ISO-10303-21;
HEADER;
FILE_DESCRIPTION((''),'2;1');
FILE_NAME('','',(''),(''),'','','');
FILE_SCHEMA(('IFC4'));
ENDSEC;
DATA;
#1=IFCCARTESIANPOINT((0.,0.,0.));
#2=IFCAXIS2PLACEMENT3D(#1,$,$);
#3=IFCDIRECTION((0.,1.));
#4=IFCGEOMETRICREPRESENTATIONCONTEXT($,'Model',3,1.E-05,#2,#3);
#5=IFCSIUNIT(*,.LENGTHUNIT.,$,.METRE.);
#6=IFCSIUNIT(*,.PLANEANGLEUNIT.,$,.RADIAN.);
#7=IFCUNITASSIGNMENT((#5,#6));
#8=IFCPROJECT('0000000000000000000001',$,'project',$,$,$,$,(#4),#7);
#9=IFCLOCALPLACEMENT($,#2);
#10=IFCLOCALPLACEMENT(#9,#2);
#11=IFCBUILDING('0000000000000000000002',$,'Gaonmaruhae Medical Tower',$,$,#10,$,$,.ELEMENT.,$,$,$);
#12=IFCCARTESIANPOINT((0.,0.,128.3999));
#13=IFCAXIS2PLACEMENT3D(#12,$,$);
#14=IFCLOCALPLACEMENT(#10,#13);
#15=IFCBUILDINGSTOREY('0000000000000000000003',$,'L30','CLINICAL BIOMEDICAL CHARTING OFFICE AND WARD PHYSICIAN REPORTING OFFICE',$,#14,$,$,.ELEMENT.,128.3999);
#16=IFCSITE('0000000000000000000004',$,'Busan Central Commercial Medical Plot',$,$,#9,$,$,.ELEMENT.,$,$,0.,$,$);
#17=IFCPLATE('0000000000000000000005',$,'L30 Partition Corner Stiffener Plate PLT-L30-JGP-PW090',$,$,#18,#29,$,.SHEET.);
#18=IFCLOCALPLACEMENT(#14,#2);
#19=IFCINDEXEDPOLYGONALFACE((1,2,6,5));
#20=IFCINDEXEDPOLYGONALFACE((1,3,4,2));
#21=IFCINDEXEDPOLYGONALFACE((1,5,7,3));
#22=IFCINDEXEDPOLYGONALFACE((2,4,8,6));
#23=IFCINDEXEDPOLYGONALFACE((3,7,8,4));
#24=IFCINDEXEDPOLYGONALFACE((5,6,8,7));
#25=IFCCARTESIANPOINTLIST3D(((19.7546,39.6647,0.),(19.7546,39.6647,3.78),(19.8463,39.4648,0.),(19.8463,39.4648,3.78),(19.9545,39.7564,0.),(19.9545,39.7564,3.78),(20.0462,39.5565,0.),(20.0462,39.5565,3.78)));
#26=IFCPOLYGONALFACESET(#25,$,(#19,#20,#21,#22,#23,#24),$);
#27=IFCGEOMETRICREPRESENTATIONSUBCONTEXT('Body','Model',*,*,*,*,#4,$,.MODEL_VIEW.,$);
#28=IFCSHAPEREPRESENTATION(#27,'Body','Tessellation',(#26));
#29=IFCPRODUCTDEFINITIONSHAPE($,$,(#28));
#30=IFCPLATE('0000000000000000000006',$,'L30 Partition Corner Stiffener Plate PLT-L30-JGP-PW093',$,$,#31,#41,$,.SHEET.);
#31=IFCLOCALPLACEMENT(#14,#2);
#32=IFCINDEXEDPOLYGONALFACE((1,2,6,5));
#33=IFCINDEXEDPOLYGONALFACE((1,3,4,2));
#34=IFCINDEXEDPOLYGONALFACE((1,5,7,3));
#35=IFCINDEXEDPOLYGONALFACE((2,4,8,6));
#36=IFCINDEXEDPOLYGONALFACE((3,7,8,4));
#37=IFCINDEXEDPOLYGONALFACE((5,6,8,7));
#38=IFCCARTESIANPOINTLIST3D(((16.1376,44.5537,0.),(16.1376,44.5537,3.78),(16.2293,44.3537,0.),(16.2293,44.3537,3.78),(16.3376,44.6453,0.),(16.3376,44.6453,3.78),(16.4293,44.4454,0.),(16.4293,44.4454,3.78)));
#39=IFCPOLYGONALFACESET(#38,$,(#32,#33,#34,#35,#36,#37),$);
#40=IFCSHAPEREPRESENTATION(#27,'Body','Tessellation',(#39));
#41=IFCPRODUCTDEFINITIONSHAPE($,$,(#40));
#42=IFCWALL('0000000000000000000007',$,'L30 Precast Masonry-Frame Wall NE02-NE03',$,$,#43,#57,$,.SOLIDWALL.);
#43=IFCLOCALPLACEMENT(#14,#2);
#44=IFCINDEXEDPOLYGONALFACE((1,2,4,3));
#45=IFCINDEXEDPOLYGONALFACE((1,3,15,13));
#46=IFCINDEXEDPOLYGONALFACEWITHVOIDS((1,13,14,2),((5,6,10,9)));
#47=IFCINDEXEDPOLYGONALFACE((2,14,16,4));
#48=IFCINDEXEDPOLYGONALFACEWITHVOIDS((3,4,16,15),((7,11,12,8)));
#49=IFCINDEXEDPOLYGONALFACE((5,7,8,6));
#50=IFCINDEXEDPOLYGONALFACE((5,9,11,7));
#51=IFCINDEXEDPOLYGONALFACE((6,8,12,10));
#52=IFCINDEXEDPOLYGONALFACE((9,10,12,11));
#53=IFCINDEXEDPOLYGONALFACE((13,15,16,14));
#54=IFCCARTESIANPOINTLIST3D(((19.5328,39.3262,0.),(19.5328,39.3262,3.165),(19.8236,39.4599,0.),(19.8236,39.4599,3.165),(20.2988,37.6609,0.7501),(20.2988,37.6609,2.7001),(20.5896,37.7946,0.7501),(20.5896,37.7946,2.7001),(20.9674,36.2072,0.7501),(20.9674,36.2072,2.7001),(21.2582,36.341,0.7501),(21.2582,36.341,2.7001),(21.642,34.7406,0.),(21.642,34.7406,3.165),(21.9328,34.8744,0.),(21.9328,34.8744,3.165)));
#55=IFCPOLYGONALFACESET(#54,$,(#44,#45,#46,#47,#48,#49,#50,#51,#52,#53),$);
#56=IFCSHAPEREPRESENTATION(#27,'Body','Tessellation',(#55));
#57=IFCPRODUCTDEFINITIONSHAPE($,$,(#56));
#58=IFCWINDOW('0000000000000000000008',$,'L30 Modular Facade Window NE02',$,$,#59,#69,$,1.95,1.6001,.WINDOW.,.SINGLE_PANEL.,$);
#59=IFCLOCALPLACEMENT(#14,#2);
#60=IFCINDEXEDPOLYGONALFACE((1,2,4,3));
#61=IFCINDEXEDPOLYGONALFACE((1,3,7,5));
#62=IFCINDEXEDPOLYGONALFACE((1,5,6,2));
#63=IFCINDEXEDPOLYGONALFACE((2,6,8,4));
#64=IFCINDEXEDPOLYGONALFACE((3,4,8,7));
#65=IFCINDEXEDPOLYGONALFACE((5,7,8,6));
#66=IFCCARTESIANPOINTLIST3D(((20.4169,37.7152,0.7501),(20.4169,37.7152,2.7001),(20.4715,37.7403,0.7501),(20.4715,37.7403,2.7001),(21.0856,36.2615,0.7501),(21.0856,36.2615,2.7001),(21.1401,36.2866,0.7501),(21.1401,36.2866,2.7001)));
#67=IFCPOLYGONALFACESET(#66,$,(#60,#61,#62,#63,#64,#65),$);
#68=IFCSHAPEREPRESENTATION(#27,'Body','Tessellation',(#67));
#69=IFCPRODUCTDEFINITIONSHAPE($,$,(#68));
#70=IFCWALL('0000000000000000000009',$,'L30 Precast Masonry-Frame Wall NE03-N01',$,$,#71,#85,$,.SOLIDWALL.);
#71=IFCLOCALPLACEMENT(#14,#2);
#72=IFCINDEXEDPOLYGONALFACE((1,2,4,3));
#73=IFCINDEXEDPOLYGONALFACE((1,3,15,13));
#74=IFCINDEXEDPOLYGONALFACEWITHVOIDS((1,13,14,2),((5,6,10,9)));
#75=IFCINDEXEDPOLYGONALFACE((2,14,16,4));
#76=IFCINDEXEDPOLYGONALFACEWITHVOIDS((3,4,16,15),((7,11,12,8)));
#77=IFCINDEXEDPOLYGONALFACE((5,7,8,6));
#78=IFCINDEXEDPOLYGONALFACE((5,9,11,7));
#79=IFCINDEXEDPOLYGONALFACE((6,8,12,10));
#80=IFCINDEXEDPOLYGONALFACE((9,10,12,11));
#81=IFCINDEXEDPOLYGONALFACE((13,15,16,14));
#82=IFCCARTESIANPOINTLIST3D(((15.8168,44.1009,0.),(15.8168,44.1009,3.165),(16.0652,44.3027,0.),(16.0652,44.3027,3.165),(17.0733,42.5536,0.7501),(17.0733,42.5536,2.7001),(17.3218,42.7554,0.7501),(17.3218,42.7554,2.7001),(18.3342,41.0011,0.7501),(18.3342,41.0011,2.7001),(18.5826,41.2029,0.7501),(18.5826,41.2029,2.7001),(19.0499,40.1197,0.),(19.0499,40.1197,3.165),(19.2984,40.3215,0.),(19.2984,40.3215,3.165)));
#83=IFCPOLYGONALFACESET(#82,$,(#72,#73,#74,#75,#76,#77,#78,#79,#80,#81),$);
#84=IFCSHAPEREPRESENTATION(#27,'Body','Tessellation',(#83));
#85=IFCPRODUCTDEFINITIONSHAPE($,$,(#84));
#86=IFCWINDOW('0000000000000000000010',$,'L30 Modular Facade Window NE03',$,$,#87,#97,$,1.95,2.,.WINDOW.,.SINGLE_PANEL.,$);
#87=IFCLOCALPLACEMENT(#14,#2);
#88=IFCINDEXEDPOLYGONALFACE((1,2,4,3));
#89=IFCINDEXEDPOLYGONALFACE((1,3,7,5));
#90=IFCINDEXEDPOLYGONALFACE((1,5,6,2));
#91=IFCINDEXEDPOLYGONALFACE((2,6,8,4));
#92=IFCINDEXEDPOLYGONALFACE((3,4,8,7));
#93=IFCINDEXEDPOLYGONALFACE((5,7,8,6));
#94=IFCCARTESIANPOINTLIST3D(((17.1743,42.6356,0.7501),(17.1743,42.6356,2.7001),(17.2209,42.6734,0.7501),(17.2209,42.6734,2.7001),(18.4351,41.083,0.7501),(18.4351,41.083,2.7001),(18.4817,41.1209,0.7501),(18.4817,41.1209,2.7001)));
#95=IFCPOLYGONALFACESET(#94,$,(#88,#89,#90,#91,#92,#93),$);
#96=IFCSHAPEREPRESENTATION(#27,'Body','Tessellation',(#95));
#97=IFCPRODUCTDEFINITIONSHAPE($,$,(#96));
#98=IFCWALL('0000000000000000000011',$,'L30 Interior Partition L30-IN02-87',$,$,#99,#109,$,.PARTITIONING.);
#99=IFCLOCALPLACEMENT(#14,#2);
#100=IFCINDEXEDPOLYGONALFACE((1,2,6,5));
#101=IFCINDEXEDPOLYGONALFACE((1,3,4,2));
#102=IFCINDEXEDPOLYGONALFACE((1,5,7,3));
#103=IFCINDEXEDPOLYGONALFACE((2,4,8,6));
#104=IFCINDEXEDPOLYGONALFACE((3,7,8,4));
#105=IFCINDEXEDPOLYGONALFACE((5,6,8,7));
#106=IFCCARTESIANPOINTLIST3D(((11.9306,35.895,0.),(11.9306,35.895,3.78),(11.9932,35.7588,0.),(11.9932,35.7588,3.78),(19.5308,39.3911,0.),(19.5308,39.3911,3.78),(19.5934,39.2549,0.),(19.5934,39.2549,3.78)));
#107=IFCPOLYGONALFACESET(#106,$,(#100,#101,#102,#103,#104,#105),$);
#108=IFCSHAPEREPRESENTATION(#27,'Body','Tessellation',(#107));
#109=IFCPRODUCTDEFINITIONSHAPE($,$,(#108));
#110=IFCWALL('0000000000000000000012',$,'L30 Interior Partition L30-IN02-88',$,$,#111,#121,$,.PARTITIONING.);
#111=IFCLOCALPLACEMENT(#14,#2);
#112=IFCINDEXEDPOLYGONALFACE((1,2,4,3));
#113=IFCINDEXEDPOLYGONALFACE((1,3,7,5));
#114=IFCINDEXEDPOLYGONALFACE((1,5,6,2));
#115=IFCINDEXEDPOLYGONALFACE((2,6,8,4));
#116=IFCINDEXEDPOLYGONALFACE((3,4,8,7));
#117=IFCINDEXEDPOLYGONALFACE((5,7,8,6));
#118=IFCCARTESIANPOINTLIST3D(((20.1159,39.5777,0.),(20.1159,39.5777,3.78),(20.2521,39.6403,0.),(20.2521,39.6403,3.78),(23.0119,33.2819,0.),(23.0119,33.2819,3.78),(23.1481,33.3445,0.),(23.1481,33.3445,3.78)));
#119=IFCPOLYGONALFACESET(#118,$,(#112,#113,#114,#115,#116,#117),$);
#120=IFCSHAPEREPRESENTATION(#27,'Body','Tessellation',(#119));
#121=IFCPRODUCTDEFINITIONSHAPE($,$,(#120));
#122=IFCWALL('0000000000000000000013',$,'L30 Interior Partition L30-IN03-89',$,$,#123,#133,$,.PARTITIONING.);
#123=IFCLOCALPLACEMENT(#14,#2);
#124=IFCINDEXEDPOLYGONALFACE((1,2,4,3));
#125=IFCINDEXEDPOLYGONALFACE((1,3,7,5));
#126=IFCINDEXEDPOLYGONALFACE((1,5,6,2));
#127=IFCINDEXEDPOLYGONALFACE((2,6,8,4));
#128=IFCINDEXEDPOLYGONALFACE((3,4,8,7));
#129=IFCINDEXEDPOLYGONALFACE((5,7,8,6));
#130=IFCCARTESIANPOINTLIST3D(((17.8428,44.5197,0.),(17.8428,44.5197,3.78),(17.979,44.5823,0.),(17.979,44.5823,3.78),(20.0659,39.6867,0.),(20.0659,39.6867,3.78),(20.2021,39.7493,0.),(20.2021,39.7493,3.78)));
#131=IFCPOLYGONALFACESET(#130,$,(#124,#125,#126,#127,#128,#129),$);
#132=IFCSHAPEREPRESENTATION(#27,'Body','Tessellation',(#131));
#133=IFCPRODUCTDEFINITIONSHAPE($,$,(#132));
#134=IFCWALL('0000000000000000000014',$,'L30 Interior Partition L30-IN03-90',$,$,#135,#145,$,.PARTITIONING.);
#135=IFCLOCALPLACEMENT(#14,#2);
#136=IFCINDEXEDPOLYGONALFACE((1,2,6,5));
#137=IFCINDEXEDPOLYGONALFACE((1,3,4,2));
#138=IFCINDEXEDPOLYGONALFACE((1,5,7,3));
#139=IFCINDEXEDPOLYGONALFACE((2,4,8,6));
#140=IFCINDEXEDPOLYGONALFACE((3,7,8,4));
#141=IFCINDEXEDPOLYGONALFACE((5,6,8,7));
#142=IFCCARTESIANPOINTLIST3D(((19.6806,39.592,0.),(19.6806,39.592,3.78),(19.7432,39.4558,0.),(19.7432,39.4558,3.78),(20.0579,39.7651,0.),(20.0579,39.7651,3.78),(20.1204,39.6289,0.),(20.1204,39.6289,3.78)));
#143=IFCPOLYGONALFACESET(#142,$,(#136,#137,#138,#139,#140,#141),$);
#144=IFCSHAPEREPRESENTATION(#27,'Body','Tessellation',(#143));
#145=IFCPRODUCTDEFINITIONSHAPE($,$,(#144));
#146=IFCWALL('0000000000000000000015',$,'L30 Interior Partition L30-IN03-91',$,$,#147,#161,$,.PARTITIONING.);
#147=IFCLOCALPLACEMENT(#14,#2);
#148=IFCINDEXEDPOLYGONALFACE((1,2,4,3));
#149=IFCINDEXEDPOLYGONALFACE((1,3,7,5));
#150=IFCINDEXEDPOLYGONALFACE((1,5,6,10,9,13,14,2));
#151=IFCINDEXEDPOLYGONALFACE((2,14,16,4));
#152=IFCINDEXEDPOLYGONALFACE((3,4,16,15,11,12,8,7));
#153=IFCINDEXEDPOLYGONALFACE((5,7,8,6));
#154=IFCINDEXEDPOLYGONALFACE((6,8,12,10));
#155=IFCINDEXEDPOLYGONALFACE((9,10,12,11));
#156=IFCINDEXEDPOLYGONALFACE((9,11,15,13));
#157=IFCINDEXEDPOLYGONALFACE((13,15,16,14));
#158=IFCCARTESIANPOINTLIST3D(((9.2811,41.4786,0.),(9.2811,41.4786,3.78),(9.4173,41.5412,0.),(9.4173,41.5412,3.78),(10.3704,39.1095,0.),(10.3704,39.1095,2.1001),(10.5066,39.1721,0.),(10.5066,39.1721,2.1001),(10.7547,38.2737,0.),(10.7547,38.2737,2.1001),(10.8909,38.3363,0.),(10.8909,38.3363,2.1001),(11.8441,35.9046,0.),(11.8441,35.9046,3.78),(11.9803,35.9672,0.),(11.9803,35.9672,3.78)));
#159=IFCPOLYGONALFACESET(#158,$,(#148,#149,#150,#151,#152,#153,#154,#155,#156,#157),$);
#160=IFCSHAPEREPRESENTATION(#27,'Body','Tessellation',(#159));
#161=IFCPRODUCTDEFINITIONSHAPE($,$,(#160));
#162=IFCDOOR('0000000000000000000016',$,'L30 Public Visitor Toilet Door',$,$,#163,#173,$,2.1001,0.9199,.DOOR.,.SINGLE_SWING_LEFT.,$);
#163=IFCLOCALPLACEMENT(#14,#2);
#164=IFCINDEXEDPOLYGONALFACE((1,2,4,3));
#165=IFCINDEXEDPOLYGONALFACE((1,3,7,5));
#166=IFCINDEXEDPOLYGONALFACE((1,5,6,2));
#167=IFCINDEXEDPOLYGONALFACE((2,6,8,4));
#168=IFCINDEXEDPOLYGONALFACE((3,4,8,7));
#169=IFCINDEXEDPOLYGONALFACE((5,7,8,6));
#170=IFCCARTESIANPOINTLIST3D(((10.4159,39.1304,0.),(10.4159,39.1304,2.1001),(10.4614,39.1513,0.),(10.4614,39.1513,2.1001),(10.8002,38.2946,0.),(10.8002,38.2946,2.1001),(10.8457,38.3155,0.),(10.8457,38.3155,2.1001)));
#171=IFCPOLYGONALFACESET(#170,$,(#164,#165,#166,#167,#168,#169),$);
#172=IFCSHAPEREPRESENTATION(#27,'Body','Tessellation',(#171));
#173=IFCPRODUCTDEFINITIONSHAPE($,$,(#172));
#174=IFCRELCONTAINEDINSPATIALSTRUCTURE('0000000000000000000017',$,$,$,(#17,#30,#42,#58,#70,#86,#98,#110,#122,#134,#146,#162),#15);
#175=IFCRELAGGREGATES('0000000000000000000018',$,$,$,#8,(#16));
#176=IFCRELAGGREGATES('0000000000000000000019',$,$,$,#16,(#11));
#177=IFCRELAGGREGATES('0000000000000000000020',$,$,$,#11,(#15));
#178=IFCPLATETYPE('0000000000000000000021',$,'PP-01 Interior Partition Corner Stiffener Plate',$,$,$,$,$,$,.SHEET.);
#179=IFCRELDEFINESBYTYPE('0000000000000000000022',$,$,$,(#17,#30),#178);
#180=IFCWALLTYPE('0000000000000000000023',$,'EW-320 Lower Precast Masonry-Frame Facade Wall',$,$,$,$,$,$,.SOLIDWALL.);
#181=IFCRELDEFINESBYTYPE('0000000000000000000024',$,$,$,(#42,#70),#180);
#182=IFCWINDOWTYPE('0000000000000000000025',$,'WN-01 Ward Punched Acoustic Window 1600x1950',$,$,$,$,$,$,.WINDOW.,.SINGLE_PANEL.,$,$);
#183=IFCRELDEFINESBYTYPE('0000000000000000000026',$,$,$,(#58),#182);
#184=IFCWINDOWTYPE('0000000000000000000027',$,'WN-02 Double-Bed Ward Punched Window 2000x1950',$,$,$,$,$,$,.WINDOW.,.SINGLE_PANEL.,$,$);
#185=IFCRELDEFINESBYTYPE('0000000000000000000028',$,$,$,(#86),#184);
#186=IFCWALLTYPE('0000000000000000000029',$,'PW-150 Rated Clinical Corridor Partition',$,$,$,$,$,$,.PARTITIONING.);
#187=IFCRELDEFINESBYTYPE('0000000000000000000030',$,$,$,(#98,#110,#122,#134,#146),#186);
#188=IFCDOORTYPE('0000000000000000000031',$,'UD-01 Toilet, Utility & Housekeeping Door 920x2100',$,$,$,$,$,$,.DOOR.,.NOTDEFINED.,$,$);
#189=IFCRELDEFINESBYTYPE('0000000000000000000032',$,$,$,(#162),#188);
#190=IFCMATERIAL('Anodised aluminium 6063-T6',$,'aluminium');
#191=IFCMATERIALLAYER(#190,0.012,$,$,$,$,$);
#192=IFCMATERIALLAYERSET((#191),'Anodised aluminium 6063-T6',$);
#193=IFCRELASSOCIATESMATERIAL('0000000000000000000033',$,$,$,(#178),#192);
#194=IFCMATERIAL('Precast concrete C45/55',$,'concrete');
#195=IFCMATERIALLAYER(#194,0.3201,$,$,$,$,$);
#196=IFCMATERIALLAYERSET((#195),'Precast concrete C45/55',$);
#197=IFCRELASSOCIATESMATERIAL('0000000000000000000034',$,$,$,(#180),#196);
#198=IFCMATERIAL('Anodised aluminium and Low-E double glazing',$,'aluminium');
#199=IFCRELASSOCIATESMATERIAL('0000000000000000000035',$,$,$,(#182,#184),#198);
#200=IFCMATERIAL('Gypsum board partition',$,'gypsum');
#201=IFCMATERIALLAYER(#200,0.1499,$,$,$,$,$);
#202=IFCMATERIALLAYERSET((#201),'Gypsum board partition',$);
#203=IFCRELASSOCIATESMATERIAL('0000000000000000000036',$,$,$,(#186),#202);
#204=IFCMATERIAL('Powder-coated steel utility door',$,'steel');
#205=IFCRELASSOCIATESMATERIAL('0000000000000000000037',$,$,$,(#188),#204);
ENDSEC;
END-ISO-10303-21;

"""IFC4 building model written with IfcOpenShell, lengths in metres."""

from ifc_helpers import new_model, si_unit, direction, frame, frame_2d, origin, origin_2d, place, context, subcontext, project, spatial, rectangle, extrude, material, layer, layer_set, type_object, element, fill, save


model = new_model("IFC4")

# Units and contexts
model_context = context("Model", 3, precision=1e-05, world=origin(), true_north=direction((0.0, 1.0)))
body_context = subcontext(model_context, "Body", "Model", "MODEL_VIEW")
ifc_project = project(units=[si_unit("LENGTHUNIT", "METRE"), si_unit("PLANEANGLEUNIT", "RADIAN")], contexts=[model_context])

# Site, building, storey
site_placement = place(None, origin())
site = spatial("IfcSite", under=ifc_project, at=site_placement, Name="Busan Central Commercial Medical Plot", CompositionType="ELEMENT", RefElevation=0.0)
building_placement = place(site_placement, origin())
building = spatial("IfcBuilding", under=site, at=building_placement, Name="Gaonmaruhae Medical Tower", CompositionType="ELEMENT")
storey_placement = place(building_placement, frame((0.0, 0.0, 128.3999)))
storey = spatial("IfcBuildingStorey", under=building, at=storey_placement, Name="L30", Description="CLINICAL BIOMEDICAL CHARTING OFFICE AND WARD PHYSICIAN REPORTING OFFICE", CompositionType="ELEMENT", Elevation=128.3999)

# Plates
ifc_material_1 = material(Name="Anodised aluminium 6063-T6", Category="aluminium")
ifc_layer_1 = layer(ifc_material_1, 0.012)
ifc_layer_set_1 = layer_set([ifc_layer_1], Name="Anodised aluminium 6063-T6")
plate_type = type_object("IfcPlateType", Name="PP-01 Interior Partition Corner Stiffener Plate", PredefinedType="SHEET", material=ifc_layer_set_1)
for number, where, z_axis, x_axis, name in (
    (1, (19.9004, 39.6106, 0.0), (0.0, 0.0, 1.0), (-0.908872, -0.417074, 0.0), "L30 Partition Corner Stiffener Plate PLT-L30-JGP-PW090"),
    (2, (16.2834, 44.4995, 0.0), (0.0, 0.0, 1.0), (0.416773, -0.909011, 0.0), "L30 Partition Corner Stiffener Plate PLT-L30-JGP-PW093"),
):
    element("IfcPlate", number, at=place(storey_placement, frame(where, z_axis=z_axis, x_axis=x_axis)), inside=storey, type_object=plate_type, Name=name, PredefinedType="SHEET", context=body_context, shape_type="SweptSolid", body=[
        extrude(rectangle(XDim=0.22, YDim=0.22, at=origin_2d()), origin(), (0.0, 0.0, 1.0), 3.78),
    ])

# Walls, openings, windows
ifc_material_2 = material(Name="Precast concrete C45/55", Category="concrete")
ifc_layer_2 = layer(ifc_material_2, 0.3201)
ifc_layer_set_2 = layer_set([ifc_layer_2], Name="Precast concrete C45/55")
wall_type_1 = type_object("IfcWallType", Name="EW-320 Lower Precast Masonry-Frame Facade Wall", PredefinedType="SOLIDWALL", material=ifc_layer_set_2)
wall_1_placement = place(storey_placement, frame((19.6782, 39.3931, 0.0), z_axis=(0.0, 0.0, 1.0), x_axis=(0.417877, -0.908504, 0.0)))
wall_1 = element("IfcWall", 3, at=wall_1_placement, inside=storey, type_object=wall_type_1, Name="L30 Precast Masonry-Frame Wall NE02-NE03", PredefinedType="SOLIDWALL", context=body_context, shape_type="SweptSolid", body=[
    extrude(rectangle(XDim=5.0474, YDim=0.3201, at=frame_2d((2.5237, 0.0))), origin(), (0.0, 0.0, 1.0), 3.165),
])
opening_1_placement = place(wall_1_placement, frame((1.833, 0.0, 0.75)))
opening_1 = element("IfcOpeningElement", 4, at=opening_1_placement, cuts=wall_1, PredefinedType="OPENING", context=body_context, shape_type="SweptSolid", body=[
    extrude(rectangle(XDim=1.6001, YDim=1.95, at=frame_2d((0.8, 0.9751))), frame((0.0, 0.1699, 0.0), z_axis=(0.0, -1.0, 0.0), x_axis=(1.0, 0.0, 0.0)), (0.0, 0.0, 1.0), 0.3401),
])
ifc_material_3 = material(Name="Anodised aluminium and Low-E double glazing", Category="aluminium")
window_type_1 = type_object("IfcWindowType", Name="WN-01 Ward Punched Acoustic Window 1600x1950", PartitioningType="SINGLE_PANEL", PredefinedType="WINDOW", material=ifc_material_3)
window_1_placement = place(opening_1_placement, origin())
window_1 = element("IfcWindow", 5, at=window_1_placement, inside=storey, type_object=window_type_1, Name="L30 Modular Facade Window NE02", OverallHeight=1.95, OverallWidth=1.6001, PartitioningType="SINGLE_PANEL", PredefinedType="WINDOW", context=body_context, shape_type="SweptSolid", body=[
    extrude(rectangle(XDim=1.6001, YDim=1.95, at=frame_2d((0.8, 0.9751))), frame((0.0, 0.03, 0.0), z_axis=(0.0, -1.0, 0.0), x_axis=(1.0, 0.0, 0.0)), (0.0, 0.0, 1.0), 0.0601),
])
fill(opening_1, window_1)
wall_2_placement = place(storey_placement, frame((15.9409, 44.2019, 0.0), z_axis=(0.0, 0.0, 1.0), x_axis=(0.630408, -0.776264, 0.0)))
wall_2 = element("IfcWall", 6, at=wall_2_placement, inside=storey, type_object=wall_type_1, Name="L30 Precast Masonry-Frame Wall NE03-N01", PredefinedType="SOLIDWALL", context=body_context, shape_type="SweptSolid", body=[
    extrude(rectangle(XDim=5.1287, YDim=0.3201, at=frame_2d((2.5645, 0.0))), origin(), (0.0, 0.0, 1.0), 3.165),
])
opening_2_placement = place(wall_2_placement, frame((1.9934, 0.0, 0.75)))
opening_2 = element("IfcOpeningElement", 7, at=opening_2_placement, cuts=wall_2, PredefinedType="OPENING", context=body_context, shape_type="SweptSolid", body=[
    extrude(rectangle(XDim=2.0, YDim=1.95, at=frame_2d((1.0, 0.9751))), frame((0.0, 0.1699, 0.0), z_axis=(0.0, -1.0, 0.0), x_axis=(1.0, 0.0, 0.0)), (0.0, 0.0, 1.0), 0.3401),
])
window_type_2 = type_object("IfcWindowType", Name="WN-02 Double-Bed Ward Punched Window 2000x1950", PartitioningType="SINGLE_PANEL", PredefinedType="WINDOW", material=ifc_material_3)
window_2_placement = place(opening_2_placement, origin())
window_2 = element("IfcWindow", 8, at=window_2_placement, inside=storey, type_object=window_type_2, Name="L30 Modular Facade Window NE03", OverallHeight=1.95, OverallWidth=2.0, PartitioningType="SINGLE_PANEL", PredefinedType="WINDOW", context=body_context, shape_type="SweptSolid", body=[
    extrude(rectangle(XDim=2.0, YDim=1.95, at=frame_2d((1.0, 0.9751))), frame((0.0, 0.03, 0.0), z_axis=(0.0, -1.0, 0.0), x_axis=(1.0, 0.0, 0.0)), (0.0, 0.0, 1.0), 0.0601),
])
fill(opening_2, window_2)

# Walls
ifc_material_4 = material(Name="Gypsum board partition", Category="gypsum")
ifc_layer_3 = layer(ifc_material_4, 0.1499)
ifc_layer_set_3 = layer_set([ifc_layer_3], Name="Gypsum board partition")
wall_type_2 = type_object("IfcWallType", Name="PW-150 Rated Clinical Corridor Partition", PredefinedType="PARTITIONING", material=ifc_layer_set_3)
wall_3_placement = place(storey_placement, frame((11.9619, 35.8269, 0.0), z_axis=(0.0, 0.0, 1.0), x_axis=(0.908488, 0.41791, 0.0)))
element("IfcWall", 9, at=wall_3_placement, inside=storey, type_object=wall_type_2, Name="L30 Interior Partition L30-IN02-87", PredefinedType="PARTITIONING", context=body_context, shape_type="SweptSolid", body=[
    extrude(rectangle(XDim=8.3657, YDim=0.1499, at=frame_2d((4.1829, 0.0))), origin(), (0.0, 0.0, 1.0), 3.78),
])
wall_4_placement = place(storey_placement, frame((20.1841, 39.6089, 0.0), z_axis=(0.0, 0.0, 1.0), x_axis=(0.417892, -0.908497, 0.0)))
element("IfcWall", 10, at=wall_4_placement, inside=storey, type_object=wall_type_2, Name="L30 Interior Partition L30-IN02-88", PredefinedType="PARTITIONING", context=body_context, shape_type="SweptSolid", body=[
    extrude(rectangle(XDim=6.9299, YDim=0.1499, at=frame_2d((3.4648, 0.0))), origin(), (0.0, 0.0, 1.0), 3.78),
])
wall_5_placement = place(storey_placement, frame((17.9109, 44.551, 0.0), z_axis=(0.0, 0.0, 1.0), x_axis=(0.4179, -0.908493, 0.0)))
element("IfcWall", 11, at=wall_5_placement, inside=storey, type_object=wall_type_2, Name="L30 Interior Partition L30-IN03-89", PredefinedType="PARTITIONING", context=body_context, shape_type="SweptSolid", body=[
    extrude(rectangle(XDim=5.3198, YDim=0.1499, at=frame_2d((2.6599, 0.0))), origin(), (0.0, 0.0, 1.0), 3.78),
])
wall_6_placement = place(storey_placement, frame((20.0891, 39.697, 0.0), z_axis=(0.0, 0.0, 1.0), x_axis=(-0.90887, -0.41708, 0.0)))
element("IfcWall", 12, at=wall_6_placement, inside=storey, type_object=wall_type_2, Name="L30 Interior Partition L30-IN03-90", PredefinedType="PARTITIONING", context=body_context, shape_type="SweptSolid", body=[
    extrude(rectangle(XDim=0.415, YDim=0.1499, at=frame_2d((0.2075, 0.0))), origin(), (0.0, 0.0, 1.0), 3.78),
])

# Wall, opening, door
wall_7_placement = place(storey_placement, frame((11.9121, 35.936, 0.0), z_axis=(0.0, 0.0, 1.0), x_axis=(-0.417766, 0.908555, 0.0)))
wall_7 = element("IfcWall", 13, at=wall_7_placement, inside=storey, type_object=wall_type_2, Name="L30 Interior Partition L30-IN03-91", PredefinedType="PARTITIONING", context=body_context, shape_type="SweptSolid", body=[
    extrude(rectangle(XDim=6.135, YDim=0.1499, at=frame_2d((3.0674, 0.0))), origin(), (0.0, 0.0, 1.0), 3.78),
])
opening_3_placement = place(wall_7_placement, frame((2.6074, 0.0, 0.0)))
opening_3 = element("IfcOpeningElement", 14, at=opening_3_placement, cuts=wall_7, PredefinedType="OPENING", context=body_context, shape_type="SweptSolid", body=[
    extrude(rectangle(XDim=0.9199, YDim=2.1001, at=frame_2d((0.46, 1.05))), frame((0.0, 0.085, 0.0), z_axis=(0.0, -1.0, 0.0), x_axis=(1.0, 0.0, 0.0)), (0.0, 0.0, 1.0), 0.1699),
])
ifc_material_5 = material(Name="Powder-coated steel utility door", Category="steel")
door_type = type_object("IfcDoorType", Name="UD-01 Toilet, Utility & Housekeeping Door 920x2100", OperationType="NOTDEFINED", PredefinedType="DOOR", material=ifc_material_5)
door_placement = place(opening_3_placement, origin())
door = element("IfcDoor", 15, at=door_placement, inside=storey, type_object=door_type, Name="L30 Public Visitor Toilet Door", OperationType="SINGLE_SWING_LEFT", OverallHeight=2.1001, OverallWidth=0.9199, PredefinedType="DOOR", context=body_context, shape_type="SweptSolid", body=[
    extrude(rectangle(XDim=0.9199, YDim=2.1001, at=frame_2d((0.46, 1.05))), frame((0.0, 0.0249, 0.0), z_axis=(0.0, -1.0, 0.0), x_axis=(1.0, 0.0, 0.0)), (0.0, 0.0, 1.0), 0.05),
])
fill(opening_3, door)

save(model, "model.ifc")
